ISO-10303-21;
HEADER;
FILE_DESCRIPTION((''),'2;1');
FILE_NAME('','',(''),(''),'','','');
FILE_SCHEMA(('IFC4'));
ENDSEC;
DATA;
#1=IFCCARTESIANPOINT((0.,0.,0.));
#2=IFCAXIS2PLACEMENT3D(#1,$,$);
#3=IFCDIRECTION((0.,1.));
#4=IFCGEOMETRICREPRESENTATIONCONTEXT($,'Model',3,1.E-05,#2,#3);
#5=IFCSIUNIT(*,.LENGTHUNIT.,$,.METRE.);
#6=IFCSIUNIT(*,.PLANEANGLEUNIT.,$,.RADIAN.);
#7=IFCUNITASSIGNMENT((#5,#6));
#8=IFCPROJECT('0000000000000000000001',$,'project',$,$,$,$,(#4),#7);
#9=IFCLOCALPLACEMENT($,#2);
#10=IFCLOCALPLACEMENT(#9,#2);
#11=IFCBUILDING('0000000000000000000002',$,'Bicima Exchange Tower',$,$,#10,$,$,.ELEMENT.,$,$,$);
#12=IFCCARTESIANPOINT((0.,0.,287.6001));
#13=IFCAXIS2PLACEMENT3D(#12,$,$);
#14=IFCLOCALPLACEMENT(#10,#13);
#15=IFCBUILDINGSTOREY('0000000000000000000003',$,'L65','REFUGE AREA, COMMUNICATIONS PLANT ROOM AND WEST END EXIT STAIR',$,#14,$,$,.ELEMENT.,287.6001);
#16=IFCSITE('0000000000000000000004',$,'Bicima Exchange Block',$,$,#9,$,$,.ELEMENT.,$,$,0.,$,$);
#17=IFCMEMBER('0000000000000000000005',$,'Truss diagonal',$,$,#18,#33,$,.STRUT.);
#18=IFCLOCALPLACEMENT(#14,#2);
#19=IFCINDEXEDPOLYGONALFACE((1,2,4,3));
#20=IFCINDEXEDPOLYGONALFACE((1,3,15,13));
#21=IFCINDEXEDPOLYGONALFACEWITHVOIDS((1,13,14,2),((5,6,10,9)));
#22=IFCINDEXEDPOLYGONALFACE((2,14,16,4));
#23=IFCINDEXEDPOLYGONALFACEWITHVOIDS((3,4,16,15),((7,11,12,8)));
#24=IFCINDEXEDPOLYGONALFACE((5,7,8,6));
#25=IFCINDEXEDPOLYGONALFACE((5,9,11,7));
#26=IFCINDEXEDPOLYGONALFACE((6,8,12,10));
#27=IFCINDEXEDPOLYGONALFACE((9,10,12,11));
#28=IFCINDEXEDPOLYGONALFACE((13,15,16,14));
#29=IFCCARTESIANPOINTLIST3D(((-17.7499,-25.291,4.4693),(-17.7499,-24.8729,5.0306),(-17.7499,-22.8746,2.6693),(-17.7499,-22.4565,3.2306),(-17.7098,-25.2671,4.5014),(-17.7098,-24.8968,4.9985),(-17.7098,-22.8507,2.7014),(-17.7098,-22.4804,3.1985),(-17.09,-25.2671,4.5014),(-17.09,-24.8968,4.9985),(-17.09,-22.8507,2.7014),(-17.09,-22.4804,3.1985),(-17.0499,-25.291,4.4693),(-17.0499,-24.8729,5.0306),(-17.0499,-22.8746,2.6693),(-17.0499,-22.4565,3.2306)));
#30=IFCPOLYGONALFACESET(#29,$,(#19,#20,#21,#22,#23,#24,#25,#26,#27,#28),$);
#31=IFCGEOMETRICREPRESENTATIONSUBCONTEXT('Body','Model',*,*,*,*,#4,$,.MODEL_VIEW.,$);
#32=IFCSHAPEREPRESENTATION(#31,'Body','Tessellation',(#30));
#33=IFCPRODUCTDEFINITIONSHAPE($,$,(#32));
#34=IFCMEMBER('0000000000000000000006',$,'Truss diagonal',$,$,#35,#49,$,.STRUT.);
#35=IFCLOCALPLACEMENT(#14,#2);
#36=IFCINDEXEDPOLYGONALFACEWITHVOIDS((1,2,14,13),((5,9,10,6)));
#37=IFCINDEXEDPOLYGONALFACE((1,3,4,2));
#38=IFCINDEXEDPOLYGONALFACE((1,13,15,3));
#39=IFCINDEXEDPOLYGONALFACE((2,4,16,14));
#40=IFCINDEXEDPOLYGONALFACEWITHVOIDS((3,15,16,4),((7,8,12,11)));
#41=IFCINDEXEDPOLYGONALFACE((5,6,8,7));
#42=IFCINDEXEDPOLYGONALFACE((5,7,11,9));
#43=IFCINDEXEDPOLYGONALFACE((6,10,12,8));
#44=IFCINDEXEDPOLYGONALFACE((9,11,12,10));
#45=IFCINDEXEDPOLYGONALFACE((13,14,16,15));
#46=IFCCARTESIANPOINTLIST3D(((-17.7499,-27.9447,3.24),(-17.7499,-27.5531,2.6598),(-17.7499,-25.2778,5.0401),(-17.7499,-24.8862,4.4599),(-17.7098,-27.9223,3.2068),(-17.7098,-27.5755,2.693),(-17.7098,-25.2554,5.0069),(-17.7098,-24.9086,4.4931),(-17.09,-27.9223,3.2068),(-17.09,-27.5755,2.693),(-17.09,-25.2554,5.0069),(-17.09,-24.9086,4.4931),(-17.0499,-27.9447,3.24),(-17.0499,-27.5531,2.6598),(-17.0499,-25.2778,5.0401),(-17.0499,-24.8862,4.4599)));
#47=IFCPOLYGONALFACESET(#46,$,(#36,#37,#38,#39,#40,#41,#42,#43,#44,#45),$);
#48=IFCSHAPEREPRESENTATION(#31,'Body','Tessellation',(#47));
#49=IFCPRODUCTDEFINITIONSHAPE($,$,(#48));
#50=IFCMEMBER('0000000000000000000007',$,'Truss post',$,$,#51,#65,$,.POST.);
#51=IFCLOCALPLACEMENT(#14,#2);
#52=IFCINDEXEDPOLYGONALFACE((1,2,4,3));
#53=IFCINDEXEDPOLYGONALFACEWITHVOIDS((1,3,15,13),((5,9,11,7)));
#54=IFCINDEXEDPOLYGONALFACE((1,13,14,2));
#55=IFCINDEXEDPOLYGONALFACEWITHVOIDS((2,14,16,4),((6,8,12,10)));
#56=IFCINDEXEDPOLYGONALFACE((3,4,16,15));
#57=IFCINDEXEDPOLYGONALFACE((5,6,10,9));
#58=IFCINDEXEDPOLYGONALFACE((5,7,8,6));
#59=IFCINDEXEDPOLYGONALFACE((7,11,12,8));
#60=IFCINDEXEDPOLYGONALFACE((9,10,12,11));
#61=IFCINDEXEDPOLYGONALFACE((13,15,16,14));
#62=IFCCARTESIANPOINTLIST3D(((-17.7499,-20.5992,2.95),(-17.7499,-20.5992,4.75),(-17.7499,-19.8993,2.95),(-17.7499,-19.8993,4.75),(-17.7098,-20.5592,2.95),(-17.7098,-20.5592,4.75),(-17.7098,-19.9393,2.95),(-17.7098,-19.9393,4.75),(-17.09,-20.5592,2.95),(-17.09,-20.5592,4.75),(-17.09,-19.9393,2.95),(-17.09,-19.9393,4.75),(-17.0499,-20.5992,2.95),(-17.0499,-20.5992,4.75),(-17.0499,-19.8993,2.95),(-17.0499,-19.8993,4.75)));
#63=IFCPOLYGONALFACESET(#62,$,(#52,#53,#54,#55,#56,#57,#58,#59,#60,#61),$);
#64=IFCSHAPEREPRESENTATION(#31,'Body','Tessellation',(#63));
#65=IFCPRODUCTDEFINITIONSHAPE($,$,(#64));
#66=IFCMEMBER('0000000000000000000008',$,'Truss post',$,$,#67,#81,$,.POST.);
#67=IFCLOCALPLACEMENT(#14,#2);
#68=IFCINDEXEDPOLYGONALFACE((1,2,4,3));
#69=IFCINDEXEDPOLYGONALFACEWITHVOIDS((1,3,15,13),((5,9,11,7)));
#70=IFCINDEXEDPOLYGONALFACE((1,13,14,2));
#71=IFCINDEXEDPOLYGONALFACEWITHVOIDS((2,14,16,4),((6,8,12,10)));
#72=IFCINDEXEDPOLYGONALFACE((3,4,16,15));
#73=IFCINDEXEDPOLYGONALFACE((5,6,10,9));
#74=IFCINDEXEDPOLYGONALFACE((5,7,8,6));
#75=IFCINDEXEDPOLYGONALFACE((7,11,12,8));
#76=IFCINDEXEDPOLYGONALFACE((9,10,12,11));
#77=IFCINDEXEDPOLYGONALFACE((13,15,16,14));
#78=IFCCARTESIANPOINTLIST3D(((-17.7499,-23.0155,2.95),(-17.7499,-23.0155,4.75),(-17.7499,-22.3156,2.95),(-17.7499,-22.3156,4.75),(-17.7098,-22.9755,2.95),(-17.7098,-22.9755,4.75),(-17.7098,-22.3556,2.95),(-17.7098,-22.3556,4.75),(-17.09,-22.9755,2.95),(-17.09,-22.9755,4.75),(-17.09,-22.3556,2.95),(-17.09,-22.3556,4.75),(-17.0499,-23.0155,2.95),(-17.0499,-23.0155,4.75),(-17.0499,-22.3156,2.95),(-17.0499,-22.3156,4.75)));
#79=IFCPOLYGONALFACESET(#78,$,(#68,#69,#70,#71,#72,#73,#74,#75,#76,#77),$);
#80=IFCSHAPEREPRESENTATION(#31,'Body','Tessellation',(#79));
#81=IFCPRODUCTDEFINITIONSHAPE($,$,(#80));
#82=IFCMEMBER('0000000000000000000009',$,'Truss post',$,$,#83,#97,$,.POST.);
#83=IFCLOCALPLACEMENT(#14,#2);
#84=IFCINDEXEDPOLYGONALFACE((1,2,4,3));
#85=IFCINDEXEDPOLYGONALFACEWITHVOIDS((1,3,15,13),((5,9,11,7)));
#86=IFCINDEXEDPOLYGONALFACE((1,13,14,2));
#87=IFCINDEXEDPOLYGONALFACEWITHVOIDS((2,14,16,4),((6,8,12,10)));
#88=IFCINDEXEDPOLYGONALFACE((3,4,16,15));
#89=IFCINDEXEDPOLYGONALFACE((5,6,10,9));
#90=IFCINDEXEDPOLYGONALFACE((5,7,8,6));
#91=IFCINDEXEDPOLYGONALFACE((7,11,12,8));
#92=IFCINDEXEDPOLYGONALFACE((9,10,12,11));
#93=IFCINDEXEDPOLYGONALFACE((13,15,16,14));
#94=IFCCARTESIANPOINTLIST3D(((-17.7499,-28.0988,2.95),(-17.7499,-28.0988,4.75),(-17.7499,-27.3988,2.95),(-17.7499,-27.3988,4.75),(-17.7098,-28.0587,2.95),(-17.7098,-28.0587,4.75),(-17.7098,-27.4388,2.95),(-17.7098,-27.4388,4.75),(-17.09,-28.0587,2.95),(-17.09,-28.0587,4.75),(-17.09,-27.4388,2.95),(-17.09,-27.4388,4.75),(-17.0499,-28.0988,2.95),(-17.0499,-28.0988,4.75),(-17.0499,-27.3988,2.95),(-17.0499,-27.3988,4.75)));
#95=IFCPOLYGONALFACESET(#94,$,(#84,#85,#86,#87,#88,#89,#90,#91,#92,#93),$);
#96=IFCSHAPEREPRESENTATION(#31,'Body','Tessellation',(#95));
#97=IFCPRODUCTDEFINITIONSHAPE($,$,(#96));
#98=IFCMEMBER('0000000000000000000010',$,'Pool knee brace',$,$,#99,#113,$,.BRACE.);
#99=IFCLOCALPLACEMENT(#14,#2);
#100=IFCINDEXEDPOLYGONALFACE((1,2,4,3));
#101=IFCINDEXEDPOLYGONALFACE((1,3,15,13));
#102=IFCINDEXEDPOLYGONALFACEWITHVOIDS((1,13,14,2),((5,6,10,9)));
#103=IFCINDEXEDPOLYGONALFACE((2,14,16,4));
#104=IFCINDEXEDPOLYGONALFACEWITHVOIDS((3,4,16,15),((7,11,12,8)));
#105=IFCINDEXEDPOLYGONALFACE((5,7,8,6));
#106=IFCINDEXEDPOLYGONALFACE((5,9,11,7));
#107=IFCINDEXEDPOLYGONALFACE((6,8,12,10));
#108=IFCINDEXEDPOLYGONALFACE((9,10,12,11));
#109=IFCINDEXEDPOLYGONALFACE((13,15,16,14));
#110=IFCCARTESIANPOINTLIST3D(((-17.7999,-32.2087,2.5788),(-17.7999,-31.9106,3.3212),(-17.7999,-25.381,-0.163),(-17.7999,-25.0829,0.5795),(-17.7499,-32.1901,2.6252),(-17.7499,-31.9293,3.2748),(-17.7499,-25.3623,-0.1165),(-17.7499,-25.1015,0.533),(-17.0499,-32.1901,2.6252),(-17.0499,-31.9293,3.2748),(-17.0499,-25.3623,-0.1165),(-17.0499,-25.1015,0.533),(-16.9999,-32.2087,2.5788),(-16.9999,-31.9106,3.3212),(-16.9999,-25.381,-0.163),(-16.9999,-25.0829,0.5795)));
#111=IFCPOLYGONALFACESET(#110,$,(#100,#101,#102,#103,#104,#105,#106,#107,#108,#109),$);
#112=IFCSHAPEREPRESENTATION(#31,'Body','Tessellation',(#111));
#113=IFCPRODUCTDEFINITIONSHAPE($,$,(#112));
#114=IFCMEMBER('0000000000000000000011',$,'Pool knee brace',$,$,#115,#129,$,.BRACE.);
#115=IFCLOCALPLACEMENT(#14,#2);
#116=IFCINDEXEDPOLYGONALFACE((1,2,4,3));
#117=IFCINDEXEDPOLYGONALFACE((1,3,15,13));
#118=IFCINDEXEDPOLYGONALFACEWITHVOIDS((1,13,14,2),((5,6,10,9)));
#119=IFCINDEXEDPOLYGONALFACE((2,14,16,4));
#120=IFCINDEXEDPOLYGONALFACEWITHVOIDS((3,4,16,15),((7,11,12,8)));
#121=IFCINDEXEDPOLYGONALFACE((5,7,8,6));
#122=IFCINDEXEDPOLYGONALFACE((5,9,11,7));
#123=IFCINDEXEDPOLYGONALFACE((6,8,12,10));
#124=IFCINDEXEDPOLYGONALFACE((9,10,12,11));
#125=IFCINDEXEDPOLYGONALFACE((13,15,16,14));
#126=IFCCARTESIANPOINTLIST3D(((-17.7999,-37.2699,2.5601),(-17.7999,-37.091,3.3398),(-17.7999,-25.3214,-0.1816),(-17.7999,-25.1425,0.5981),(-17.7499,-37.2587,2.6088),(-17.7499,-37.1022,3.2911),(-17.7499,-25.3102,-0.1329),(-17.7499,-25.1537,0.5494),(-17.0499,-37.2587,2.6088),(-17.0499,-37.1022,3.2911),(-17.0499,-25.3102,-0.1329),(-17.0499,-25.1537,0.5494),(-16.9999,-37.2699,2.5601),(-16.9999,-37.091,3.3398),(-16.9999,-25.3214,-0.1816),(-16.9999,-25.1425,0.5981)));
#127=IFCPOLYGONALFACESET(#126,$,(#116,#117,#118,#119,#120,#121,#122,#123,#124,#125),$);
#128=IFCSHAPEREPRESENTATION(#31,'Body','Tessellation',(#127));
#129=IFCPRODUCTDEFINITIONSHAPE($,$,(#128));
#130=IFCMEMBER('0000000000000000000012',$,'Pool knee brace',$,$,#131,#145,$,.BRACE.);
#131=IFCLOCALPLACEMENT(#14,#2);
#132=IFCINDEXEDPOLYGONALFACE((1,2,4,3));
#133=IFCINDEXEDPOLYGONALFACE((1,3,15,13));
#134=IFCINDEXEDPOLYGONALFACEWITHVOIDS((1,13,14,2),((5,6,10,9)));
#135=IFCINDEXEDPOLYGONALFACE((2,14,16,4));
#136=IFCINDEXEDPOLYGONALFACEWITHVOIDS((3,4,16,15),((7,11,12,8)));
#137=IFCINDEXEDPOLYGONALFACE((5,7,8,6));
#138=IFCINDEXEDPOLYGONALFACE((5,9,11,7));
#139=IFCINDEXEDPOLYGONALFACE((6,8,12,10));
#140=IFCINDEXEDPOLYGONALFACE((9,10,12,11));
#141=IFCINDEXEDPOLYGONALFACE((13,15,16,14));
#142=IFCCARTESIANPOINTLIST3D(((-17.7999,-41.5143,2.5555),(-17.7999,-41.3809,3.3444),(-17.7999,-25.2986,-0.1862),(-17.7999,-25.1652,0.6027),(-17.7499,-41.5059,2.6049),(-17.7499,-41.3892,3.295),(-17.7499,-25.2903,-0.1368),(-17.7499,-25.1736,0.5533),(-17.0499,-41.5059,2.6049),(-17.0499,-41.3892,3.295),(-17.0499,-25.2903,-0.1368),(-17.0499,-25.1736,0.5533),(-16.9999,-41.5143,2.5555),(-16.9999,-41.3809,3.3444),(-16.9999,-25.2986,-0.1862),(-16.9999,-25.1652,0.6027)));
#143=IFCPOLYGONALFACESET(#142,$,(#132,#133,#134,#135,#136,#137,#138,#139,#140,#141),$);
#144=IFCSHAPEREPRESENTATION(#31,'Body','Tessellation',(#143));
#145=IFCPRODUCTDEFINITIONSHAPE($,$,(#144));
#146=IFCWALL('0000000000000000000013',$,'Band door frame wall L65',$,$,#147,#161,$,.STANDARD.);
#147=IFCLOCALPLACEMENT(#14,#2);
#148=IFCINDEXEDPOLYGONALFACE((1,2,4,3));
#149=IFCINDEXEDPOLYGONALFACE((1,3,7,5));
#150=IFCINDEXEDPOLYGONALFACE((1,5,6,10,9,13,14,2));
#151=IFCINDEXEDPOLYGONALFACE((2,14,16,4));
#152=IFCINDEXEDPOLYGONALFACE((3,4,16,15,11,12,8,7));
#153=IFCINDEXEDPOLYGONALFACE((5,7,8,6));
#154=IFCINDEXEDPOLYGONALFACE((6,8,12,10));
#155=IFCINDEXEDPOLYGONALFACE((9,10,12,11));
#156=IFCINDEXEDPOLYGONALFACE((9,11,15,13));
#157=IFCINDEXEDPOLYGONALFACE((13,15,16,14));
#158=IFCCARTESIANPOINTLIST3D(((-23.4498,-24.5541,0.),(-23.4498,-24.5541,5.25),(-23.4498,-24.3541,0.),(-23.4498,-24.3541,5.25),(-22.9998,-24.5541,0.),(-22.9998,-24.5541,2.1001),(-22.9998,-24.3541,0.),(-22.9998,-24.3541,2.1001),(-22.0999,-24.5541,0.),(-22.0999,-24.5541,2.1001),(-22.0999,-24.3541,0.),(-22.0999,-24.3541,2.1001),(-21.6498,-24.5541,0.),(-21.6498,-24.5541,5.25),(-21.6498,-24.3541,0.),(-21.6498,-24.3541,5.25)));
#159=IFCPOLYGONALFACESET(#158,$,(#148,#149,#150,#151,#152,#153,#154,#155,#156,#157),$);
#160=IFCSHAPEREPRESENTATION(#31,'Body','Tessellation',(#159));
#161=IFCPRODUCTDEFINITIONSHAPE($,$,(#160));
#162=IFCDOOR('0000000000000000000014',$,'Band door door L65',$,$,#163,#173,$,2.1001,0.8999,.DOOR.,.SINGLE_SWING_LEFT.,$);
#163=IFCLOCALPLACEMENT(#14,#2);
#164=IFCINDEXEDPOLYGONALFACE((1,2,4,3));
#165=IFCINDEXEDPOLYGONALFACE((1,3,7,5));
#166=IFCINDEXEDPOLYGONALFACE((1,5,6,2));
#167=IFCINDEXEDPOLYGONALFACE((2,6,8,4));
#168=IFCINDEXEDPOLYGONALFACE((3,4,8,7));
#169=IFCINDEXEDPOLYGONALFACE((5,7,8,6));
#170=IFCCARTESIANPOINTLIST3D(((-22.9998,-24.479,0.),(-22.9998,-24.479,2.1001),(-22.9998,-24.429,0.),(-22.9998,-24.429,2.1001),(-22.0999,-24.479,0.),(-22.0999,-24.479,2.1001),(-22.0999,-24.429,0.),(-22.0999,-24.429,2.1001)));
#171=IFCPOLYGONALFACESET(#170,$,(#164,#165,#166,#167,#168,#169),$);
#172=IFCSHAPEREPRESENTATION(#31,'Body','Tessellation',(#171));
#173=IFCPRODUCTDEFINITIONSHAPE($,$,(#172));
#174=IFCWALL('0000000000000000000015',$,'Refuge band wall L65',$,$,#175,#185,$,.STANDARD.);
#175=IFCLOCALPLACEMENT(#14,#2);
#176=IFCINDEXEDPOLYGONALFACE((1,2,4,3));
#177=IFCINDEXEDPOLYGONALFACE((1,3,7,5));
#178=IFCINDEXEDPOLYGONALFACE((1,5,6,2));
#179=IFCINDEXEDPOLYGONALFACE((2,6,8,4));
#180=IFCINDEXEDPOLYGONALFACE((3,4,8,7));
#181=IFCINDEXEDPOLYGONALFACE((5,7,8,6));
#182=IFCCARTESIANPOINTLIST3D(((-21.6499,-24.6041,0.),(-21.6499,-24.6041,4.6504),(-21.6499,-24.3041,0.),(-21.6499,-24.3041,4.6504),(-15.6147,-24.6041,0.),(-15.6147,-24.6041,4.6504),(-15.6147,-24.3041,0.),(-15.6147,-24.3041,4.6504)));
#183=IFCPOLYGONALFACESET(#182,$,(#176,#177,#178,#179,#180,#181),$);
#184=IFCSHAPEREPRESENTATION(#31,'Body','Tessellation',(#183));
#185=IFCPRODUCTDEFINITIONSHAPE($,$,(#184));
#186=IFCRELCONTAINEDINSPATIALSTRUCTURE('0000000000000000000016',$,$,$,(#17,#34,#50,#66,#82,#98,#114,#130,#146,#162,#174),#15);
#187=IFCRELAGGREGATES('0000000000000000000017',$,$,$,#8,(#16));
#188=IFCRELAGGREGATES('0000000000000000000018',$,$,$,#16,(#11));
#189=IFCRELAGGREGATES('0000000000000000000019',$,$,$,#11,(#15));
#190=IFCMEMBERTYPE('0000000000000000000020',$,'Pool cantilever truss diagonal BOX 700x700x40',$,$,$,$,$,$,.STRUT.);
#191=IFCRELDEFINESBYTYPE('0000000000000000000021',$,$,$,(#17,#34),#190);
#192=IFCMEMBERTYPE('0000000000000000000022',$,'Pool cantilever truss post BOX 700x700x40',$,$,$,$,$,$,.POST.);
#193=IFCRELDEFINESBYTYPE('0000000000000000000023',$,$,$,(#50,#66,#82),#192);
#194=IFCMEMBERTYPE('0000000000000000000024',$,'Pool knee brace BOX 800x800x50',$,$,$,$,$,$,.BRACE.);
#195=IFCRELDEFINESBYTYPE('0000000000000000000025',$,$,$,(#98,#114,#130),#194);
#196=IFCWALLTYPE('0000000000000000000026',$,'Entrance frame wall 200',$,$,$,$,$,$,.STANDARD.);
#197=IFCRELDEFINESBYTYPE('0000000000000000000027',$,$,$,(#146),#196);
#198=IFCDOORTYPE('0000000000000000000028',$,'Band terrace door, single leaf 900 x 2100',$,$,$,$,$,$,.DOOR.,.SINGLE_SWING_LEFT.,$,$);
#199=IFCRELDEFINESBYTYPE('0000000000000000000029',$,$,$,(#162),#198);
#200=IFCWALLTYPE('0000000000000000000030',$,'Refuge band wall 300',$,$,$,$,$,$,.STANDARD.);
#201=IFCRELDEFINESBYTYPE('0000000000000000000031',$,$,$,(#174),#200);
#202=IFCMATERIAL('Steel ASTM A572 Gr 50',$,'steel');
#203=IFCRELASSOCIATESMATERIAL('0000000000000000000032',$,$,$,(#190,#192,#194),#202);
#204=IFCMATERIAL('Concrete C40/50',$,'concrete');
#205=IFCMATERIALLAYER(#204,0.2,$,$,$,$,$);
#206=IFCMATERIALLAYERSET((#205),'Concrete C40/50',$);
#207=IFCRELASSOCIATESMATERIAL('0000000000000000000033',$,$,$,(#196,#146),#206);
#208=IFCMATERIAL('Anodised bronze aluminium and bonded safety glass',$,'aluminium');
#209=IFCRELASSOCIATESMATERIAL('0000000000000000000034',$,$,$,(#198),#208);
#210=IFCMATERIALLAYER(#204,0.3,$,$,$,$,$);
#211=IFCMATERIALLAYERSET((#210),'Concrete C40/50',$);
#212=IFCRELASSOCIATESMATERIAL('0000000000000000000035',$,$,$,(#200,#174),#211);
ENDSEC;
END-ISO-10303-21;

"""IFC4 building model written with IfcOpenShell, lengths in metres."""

from ifc_helpers import new_model, si_unit, direction, frame, frame_2d, origin, origin_2d, place, context, subcontext, project, spatial, rectangle, hollow_rectangle, extrude, material, layer, layer_set, layer_usage, material_profile, profile_set, type_object, element, fill, save


model = new_model("IFC4")

# Units and contexts
model_context = context("Model", 3, precision=1e-05, world=origin(), true_north=direction((0.0, 1.0)))
body_context = subcontext(model_context, "Body", "Model", "MODEL_VIEW")
ifc_project = project(units=[si_unit("LENGTHUNIT", "METRE"), si_unit("PLANEANGLEUNIT", "RADIAN")], contexts=[model_context])

# Site, building, storey
site_placement = place(None, origin())
site = spatial("IfcSite", under=ifc_project, at=site_placement, Name="Bicima Exchange Block", CompositionType="ELEMENT", RefElevation=0.0)
building_placement = place(site_placement, origin())
building = spatial("IfcBuilding", under=site, at=building_placement, Name="Bicima Exchange Tower", CompositionType="ELEMENT")
storey_placement = place(building_placement, frame((0.0, 0.0, 287.6001)))
storey = spatial("IfcBuildingStorey", under=building, at=storey_placement, Name="L65", Description="REFUGE AREA, COMMUNICATIONS PLANT ROOM AND WEST END EXIT STAIR", CompositionType="ELEMENT", Elevation=287.6001)

# Shared definitions
ifc_material_1 = material(Name="Steel ASTM A572 Gr 50", Category="steel")

# Members
ifc_material_profile_1 = material_profile(ifc_material_1, hollow_rectangle(XDim=0.7, YDim=0.7, WallThickness=0.04, at=origin_2d()))
ifc_profile_set_1 = profile_set([ifc_material_profile_1], Name="Steel ASTM A572 Gr 50")
member_type_1 = type_object("IfcMemberType", Name="Pool cantilever truss diagonal BOX 700x700x40", PredefinedType="STRUT", material=ifc_profile_set_1)
member_1_placement = place(storey_placement, frame((-17.3999, -22.6655, 2.95), z_axis=(0.0, -0.80196, 0.597378), x_axis=(1.0, 0.0, 0.0)))
element("IfcMember", 1, at=member_1_placement, inside=storey, type_object=member_type_1, Name="Truss diagonal", PredefinedType="STRUT", context=body_context, shape_type="SweptSolid", body=[
    extrude(hollow_rectangle(XDim=0.7, YDim=0.7, WallThickness=0.04, at=origin_2d()), origin(), (0.0, 0.0, 1.0), 3.0132),
])
member_2_placement = place(storey_placement, frame((-17.3999, -25.082, 4.75), z_axis=(0.0, -0.82885, -0.559472), x_axis=(1.0, 0.0, 0.0)))
element("IfcMember", 2, at=member_2_placement, inside=storey, type_object=member_type_1, Name="Truss diagonal", PredefinedType="STRUT", context=body_context, shape_type="SweptSolid", body=[
    extrude(hollow_rectangle(XDim=0.7, YDim=0.7, WallThickness=0.04, at=origin_2d()), origin(), (0.0, 0.0, 1.0), 3.2175),
])
member_type_2 = type_object("IfcMemberType", Name="Pool cantilever truss post BOX 700x700x40", PredefinedType="POST", material=ifc_profile_set_1)
for number, where, z_axis, x_axis, name in (
    (3, (-17.3999, -20.2493, 2.95), (0.0, 0.0, 1.0), (1.0, 0.0, 0.0), "Truss post"),
    (4, (-17.3999, -22.6655, 2.95), (0.0, 0.0, 1.0), (1.0, 0.0, 0.0), "Truss post"),
    (5, (-17.3999, -27.7488, 2.95), (0.0, 0.0, 1.0), (1.0, 0.0, 0.0), "Truss post"),
):
    element("IfcMember", number, at=place(storey_placement, frame(where, z_axis=z_axis, x_axis=x_axis)), inside=storey, type_object=member_type_2, Name=name, PredefinedType="POST", context=body_context, shape_type="SweptSolid", body=[
        extrude(hollow_rectangle(XDim=0.7, YDim=0.7, WallThickness=0.04, at=origin_2d()), origin(), (0.0, 0.0, 1.0), 1.8),
    ])
ifc_material_profile_2 = material_profile(ifc_material_1, hollow_rectangle(XDim=0.8, YDim=0.8, WallThickness=0.05, at=origin_2d()))
ifc_profile_set_2 = profile_set([ifc_material_profile_2], Name="Steel ASTM A572 Gr 50")
member_type_3 = type_object("IfcMemberType", Name="Pool knee brace BOX 800x800x50", PredefinedType="BRACE", material=ifc_profile_set_2)
member_3_placement = place(storey_placement, frame((-17.3999, -25.2319, 0.2083), z_axis=(0.0, -0.927977, 0.372638), x_axis=(1.0, 0.0, 0.0)))
element("IfcMember", 6, at=member_3_placement, inside=storey, type_object=member_type_3, Name="Pool knee brace", PredefinedType="BRACE", context=body_context, shape_type="SweptSolid", body=[
    extrude(hollow_rectangle(XDim=0.8, YDim=0.8, WallThickness=0.05, at=origin_2d()), origin(), (0.0, 0.0, 1.0), 7.3577),
])
member_4_placement = place(storey_placement, frame((-17.3999, -25.2319, 0.2083), z_axis=(0.0, -0.97467, 0.223648), x_axis=(1.0, 0.0, 0.0)))
element("IfcMember", 7, at=member_4_placement, inside=storey, type_object=member_type_3, Name="Pool knee brace", PredefinedType="BRACE", context=body_context, shape_type="SweptSolid", body=[
    extrude(hollow_rectangle(XDim=0.8, YDim=0.8, WallThickness=0.05, at=origin_2d()), origin(), (0.0, 0.0, 1.0), 12.259),
])
member_5_placement = place(storey_placement, frame((-17.3999, -25.2319, 0.2083), z_axis=(0.0, -0.986006, 0.166712), x_axis=(1.0, 0.0, 0.0)))
element("IfcMember", 8, at=member_5_placement, inside=storey, type_object=member_type_3, Name="Pool knee brace", PredefinedType="BRACE", context=body_context, shape_type="SweptSolid", body=[
    extrude(hollow_rectangle(XDim=0.8, YDim=0.8, WallThickness=0.05, at=origin_2d()), origin(), (0.0, 0.0, 1.0), 16.4458),
])

# Wall, opening, door
ifc_material_2 = material(Name="Concrete C40/50", Category="concrete")
ifc_layer_1 = layer(ifc_material_2, 0.2)
ifc_layer_set_1 = layer_set([ifc_layer_1], Name="Concrete C40/50")
ifc_layer_usage_1 = layer_usage(ifc_layer_set_1, "AXIS2", "POSITIVE", -0.1)
wall_type_1 = type_object("IfcWallType", Name="Entrance frame wall 200", PredefinedType="STANDARD", material=ifc_layer_set_1)
wall_1_placement = place(storey_placement, frame((-21.6499, -24.4541, 0.0), z_axis=(0.0, 0.0, 1.0), x_axis=(-1.0, 0.0, 0.0)))
wall_1 = element("IfcWall", 9, at=wall_1_placement, inside=storey, type_object=wall_type_1, material=ifc_layer_usage_1, Name="Band door frame wall L65", PredefinedType="STANDARD", context=body_context, shape_type="SweptSolid", body=[
    extrude(rectangle(XDim=1.8, YDim=0.2, at=frame_2d((0.8999, 0.0))), origin(), (0.0, 0.0, 1.0), 5.25),
])
opening_placement = place(wall_1_placement, frame((0.45, 0.0, 0.0)))
opening = element("IfcOpeningElement", 10, at=opening_placement, cuts=wall_1, PredefinedType="OPENING", context=body_context, shape_type="SweptSolid", body=[
    extrude(rectangle(XDim=0.8999, YDim=2.1001, at=frame_2d((0.45, 1.05))), frame((0.0, 0.1118, 0.0), z_axis=(0.0, -1.0, 0.0), x_axis=(1.0, 0.0, 0.0)), (0.0, 0.0, 1.0), 0.2239),
])
ifc_material_3 = material(Name="Anodised bronze aluminium and bonded safety glass", Category="aluminium")
door_type = type_object("IfcDoorType", Name="Band terrace door, single leaf 900 x 2100", OperationType="SINGLE_SWING_LEFT", PredefinedType="DOOR", material=ifc_material_3)
door_placement = place(opening_placement, origin())
door = element("IfcDoor", 11, at=door_placement, inside=storey, type_object=door_type, Name="Band door door L65", OperationType="SINGLE_SWING_LEFT", OverallHeight=2.1001, OverallWidth=0.8999, PredefinedType="DOOR", context=body_context, shape_type="SweptSolid", body=[
    extrude(rectangle(XDim=0.8999, YDim=2.1001, at=frame_2d((0.45, 1.05))), frame((0.0, 0.0249, 0.0), z_axis=(0.0, -1.0, 0.0), x_axis=(1.0, 0.0, 0.0)), (0.0, 0.0, 1.0), 0.05),
])
fill(opening, door)

# Wall
ifc_layer_2 = layer(ifc_material_2, 0.3)
ifc_layer_set_2 = layer_set([ifc_layer_2], Name="Concrete C40/50")
ifc_layer_usage_2 = layer_usage(ifc_layer_set_2, "AXIS2", "POSITIVE", -0.15)
wall_type_2 = type_object("IfcWallType", Name="Refuge band wall 300", PredefinedType="STANDARD", material=ifc_layer_set_2)
wall_2_placement = place(storey_placement, frame((-21.6499, -24.4541, 0.0), z_axis=(0.0, 0.0, 1.0), x_axis=(1.0, 0.0, 0.0)))
element("IfcWall", 12, at=wall_2_placement, inside=storey, type_object=wall_type_2, material=ifc_layer_usage_2, Name="Refuge band wall L65", PredefinedType="STANDARD", context=body_context, shape_type="SweptSolid", body=[
    extrude(rectangle(XDim=6.0352, YDim=0.3, at=frame_2d((3.0176, 0.0))), origin(), (0.0, 0.0, 1.0), 4.6504),
])

save(model, "model.ifc")
